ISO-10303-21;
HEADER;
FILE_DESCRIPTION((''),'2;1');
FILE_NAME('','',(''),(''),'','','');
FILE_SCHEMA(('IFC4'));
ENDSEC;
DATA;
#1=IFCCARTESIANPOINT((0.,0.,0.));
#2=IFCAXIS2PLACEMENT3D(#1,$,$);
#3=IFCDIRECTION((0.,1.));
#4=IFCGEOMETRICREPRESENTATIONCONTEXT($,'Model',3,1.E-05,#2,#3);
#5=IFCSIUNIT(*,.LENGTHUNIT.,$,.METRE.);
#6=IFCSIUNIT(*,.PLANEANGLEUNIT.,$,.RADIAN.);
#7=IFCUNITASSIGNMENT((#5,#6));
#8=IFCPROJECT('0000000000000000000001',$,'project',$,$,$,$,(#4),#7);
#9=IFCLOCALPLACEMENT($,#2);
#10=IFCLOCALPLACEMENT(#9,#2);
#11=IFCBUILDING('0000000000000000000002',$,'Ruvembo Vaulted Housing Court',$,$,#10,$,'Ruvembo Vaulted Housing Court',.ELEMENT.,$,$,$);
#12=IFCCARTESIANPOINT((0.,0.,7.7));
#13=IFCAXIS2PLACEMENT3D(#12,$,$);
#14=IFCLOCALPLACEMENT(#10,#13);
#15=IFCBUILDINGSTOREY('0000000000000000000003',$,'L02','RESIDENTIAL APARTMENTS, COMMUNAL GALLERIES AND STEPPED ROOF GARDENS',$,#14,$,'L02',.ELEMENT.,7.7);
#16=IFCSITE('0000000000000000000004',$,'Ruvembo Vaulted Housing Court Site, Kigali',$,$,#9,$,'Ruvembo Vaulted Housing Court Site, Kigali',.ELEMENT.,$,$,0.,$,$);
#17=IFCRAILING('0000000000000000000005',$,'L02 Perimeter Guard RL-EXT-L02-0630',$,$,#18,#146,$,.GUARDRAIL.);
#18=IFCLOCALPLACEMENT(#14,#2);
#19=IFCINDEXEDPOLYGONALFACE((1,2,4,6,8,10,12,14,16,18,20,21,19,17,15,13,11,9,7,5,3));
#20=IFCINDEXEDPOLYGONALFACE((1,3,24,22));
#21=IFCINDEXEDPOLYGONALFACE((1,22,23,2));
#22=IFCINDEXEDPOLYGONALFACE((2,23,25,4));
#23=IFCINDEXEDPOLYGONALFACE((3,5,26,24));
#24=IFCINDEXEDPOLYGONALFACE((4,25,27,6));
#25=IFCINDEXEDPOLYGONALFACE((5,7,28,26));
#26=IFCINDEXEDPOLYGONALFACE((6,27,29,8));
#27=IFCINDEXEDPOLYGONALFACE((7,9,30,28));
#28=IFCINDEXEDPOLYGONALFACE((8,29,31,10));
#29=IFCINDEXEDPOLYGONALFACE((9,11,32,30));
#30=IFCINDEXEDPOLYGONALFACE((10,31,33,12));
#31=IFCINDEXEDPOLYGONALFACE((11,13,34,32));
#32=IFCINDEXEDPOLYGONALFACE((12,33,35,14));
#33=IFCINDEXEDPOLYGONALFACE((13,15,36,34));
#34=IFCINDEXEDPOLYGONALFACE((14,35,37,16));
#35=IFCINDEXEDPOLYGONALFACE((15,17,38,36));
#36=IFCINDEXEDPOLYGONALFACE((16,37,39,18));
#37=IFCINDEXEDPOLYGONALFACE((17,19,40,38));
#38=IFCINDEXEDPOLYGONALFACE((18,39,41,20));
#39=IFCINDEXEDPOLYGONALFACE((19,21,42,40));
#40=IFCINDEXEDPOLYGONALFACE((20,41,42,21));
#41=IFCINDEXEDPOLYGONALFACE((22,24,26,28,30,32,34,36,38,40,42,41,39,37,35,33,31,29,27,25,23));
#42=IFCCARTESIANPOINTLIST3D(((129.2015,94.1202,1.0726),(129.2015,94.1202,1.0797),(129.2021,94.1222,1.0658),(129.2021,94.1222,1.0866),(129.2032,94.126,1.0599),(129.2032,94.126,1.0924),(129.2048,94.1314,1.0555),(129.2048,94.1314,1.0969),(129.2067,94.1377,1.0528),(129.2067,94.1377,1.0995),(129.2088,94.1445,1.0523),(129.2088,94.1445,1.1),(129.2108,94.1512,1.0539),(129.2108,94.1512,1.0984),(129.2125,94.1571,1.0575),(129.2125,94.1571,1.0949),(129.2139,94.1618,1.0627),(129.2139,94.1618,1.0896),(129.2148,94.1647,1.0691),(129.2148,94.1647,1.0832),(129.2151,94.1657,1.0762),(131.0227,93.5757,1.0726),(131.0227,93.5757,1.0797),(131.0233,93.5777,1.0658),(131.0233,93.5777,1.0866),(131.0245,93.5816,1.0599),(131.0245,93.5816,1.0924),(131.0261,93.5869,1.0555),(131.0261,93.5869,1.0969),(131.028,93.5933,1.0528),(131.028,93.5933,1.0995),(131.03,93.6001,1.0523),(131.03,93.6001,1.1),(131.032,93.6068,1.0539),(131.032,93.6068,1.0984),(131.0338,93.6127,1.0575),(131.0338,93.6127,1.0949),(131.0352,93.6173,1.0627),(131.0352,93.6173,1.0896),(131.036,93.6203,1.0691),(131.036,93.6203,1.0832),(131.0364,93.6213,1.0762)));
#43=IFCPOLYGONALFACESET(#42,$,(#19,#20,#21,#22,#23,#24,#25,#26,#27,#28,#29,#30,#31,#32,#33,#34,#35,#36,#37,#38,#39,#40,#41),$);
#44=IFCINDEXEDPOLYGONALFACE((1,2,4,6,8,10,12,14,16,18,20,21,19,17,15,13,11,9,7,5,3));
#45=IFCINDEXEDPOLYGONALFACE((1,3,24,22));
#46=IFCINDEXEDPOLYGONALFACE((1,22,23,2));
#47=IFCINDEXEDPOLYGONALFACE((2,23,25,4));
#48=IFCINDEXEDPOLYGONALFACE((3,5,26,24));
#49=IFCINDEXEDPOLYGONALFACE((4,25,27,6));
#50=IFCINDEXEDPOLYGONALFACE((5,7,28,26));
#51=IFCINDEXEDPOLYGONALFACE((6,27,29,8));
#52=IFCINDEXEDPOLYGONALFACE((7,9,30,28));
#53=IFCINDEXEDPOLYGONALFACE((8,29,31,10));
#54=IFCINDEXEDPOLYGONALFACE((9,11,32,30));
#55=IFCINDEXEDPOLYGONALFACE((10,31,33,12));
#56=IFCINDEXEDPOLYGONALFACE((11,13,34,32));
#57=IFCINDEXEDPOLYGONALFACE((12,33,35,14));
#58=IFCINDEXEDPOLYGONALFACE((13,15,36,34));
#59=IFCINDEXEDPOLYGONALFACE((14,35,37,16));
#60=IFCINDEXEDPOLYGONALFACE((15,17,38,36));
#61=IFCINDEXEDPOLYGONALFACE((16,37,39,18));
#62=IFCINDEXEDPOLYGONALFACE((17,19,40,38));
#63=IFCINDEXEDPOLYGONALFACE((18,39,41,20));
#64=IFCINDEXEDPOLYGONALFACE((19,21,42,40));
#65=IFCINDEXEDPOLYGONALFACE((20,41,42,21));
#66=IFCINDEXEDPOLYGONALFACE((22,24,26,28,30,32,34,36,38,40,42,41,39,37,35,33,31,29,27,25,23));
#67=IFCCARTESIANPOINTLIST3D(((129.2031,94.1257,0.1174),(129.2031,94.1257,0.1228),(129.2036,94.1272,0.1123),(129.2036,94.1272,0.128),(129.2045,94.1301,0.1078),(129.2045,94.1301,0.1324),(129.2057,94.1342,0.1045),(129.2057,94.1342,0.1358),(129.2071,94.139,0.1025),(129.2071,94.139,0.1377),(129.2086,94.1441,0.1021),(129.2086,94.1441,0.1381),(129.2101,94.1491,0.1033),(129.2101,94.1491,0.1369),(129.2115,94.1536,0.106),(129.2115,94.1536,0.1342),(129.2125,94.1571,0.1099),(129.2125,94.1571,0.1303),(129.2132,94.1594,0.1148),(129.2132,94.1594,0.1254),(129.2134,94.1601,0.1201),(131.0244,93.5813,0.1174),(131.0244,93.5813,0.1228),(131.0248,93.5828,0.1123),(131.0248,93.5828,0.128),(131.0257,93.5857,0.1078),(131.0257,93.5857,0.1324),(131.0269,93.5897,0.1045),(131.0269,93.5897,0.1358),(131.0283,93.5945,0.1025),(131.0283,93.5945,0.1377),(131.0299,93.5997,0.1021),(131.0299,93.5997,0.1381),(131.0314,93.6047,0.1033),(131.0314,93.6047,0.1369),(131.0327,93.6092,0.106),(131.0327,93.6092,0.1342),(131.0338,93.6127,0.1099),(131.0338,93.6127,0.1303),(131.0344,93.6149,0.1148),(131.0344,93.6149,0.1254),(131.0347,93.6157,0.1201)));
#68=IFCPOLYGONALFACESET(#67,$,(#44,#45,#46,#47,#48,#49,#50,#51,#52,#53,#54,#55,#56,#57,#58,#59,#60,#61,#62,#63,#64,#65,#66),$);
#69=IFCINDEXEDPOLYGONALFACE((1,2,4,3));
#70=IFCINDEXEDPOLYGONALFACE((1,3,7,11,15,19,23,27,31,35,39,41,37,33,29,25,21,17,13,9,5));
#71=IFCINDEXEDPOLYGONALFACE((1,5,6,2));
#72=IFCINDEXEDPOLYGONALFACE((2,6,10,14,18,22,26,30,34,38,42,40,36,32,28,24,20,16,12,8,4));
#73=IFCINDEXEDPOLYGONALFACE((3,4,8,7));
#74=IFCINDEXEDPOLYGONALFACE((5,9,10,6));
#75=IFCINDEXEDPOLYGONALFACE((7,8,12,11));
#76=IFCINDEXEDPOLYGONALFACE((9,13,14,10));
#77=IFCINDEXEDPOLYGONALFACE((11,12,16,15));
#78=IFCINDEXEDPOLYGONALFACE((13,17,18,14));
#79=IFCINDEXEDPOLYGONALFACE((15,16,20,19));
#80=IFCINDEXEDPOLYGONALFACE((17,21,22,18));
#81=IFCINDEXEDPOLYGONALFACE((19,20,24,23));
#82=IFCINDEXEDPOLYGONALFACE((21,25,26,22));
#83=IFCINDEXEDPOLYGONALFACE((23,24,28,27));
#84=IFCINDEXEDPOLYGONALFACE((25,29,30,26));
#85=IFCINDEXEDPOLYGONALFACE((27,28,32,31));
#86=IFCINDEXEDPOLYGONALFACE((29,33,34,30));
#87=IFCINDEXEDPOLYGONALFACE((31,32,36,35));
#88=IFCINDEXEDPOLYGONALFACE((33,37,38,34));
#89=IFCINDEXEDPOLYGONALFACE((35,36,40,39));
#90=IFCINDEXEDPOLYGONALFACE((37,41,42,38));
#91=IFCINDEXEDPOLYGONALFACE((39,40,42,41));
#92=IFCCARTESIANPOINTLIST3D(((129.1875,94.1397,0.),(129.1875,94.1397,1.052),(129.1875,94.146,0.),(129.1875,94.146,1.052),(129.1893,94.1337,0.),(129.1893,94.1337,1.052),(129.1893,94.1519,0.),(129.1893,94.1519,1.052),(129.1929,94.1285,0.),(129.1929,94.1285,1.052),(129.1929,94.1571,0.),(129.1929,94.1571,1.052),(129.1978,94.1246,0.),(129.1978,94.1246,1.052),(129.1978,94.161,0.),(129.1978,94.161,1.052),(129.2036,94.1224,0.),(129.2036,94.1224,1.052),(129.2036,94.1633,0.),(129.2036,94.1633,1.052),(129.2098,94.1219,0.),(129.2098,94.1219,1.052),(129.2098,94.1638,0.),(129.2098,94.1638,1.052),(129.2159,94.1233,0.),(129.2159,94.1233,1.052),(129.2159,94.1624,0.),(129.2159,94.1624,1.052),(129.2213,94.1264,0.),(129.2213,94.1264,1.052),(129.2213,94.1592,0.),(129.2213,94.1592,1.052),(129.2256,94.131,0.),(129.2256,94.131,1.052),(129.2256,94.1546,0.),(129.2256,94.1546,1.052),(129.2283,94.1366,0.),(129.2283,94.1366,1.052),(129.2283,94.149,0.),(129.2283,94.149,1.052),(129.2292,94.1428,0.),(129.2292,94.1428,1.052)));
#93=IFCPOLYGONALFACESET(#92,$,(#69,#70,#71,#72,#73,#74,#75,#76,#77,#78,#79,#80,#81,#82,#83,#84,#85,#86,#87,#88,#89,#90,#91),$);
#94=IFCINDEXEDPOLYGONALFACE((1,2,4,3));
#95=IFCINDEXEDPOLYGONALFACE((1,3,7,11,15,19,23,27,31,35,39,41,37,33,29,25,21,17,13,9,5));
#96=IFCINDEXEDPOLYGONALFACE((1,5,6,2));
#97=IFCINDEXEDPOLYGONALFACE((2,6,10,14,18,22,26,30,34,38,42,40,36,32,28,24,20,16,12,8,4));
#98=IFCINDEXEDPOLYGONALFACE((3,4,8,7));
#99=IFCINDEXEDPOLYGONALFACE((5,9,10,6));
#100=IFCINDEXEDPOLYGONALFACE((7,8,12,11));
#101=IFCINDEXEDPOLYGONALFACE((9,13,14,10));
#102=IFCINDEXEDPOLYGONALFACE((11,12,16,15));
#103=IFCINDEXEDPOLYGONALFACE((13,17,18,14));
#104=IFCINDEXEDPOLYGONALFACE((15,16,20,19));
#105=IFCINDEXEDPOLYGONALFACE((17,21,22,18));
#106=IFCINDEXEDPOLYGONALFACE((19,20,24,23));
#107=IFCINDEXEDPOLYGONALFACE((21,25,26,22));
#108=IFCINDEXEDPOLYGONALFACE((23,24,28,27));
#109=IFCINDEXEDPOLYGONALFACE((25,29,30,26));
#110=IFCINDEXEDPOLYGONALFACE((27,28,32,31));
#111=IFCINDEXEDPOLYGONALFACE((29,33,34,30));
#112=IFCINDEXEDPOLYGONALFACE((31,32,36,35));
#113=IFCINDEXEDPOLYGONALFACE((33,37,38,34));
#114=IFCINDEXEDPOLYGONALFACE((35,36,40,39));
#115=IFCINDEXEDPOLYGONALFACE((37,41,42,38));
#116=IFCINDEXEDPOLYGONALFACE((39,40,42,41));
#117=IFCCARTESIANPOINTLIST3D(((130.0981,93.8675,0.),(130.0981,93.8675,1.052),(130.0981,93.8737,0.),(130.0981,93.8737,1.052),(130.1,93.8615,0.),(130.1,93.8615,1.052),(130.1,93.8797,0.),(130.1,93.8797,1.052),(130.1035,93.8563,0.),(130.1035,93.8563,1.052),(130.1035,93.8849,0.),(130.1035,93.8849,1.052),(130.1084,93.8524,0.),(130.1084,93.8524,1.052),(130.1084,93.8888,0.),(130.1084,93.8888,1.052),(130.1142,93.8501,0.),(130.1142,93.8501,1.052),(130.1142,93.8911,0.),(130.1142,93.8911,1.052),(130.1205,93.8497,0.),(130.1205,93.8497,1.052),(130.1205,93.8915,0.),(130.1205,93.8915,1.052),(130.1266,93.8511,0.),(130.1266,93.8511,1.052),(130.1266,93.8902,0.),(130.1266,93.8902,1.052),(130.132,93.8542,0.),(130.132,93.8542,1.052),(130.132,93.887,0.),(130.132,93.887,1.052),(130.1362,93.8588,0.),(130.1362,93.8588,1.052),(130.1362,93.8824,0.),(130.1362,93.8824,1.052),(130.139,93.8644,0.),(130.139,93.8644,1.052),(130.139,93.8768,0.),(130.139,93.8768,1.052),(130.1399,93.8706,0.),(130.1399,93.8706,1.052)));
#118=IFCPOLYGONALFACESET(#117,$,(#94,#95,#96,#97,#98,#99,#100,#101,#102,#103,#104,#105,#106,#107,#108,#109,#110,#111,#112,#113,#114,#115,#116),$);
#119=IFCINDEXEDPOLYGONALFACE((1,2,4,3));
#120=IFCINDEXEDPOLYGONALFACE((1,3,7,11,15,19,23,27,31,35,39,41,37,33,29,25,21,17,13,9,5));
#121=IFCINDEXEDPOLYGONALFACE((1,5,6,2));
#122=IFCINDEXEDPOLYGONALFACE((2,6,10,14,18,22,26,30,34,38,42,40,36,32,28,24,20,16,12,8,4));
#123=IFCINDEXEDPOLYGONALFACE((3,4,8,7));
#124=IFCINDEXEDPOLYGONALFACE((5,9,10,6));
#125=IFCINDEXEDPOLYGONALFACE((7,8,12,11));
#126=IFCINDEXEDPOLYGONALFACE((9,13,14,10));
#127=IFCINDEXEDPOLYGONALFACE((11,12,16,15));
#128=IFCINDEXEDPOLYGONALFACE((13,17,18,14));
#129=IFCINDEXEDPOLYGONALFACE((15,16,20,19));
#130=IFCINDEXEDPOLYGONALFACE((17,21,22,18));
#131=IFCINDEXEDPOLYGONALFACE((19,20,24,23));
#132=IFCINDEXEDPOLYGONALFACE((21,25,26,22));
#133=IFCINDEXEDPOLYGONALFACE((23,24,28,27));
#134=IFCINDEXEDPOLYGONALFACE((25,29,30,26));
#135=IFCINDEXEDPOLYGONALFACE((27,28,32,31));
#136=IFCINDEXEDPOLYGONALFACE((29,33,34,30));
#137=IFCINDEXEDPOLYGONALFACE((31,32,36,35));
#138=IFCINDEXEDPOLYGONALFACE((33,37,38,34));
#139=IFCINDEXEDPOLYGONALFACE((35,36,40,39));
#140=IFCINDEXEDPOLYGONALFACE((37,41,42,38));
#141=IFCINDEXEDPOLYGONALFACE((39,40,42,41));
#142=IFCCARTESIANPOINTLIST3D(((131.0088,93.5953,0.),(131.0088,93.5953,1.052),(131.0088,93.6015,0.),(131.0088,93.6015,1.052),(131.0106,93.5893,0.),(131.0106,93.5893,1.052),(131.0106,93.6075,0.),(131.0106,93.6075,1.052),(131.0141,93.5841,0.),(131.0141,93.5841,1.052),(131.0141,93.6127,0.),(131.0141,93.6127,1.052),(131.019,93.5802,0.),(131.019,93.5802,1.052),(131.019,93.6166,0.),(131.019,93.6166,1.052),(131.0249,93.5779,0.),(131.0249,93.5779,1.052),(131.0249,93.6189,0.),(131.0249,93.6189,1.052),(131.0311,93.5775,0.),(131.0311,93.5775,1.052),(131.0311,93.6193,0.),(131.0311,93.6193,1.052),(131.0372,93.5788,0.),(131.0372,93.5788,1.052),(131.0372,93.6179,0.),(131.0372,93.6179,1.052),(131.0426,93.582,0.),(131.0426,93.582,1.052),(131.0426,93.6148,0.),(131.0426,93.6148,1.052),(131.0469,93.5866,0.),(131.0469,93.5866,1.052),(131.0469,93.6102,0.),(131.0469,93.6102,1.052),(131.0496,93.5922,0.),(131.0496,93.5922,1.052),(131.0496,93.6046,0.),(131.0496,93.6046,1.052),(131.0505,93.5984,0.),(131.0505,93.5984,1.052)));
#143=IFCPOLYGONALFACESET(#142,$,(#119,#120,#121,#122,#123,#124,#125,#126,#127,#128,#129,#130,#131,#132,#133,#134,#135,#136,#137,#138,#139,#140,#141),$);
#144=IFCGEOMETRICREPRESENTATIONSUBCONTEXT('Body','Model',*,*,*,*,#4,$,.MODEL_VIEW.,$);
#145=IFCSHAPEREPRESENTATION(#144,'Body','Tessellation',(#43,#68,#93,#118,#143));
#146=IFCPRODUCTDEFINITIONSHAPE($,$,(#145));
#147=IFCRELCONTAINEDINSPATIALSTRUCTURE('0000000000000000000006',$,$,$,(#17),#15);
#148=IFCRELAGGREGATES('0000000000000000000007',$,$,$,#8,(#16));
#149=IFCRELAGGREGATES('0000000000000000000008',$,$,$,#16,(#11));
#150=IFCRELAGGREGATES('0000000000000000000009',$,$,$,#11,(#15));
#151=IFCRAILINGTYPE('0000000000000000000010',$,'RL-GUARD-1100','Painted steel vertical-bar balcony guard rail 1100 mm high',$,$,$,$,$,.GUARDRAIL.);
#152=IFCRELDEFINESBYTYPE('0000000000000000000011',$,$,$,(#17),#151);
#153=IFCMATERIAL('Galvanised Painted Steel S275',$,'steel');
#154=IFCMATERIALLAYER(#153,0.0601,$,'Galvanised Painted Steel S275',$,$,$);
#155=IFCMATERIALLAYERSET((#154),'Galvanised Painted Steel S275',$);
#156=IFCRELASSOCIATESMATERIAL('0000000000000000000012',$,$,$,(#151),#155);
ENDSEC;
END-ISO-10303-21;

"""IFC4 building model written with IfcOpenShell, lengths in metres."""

from ifc_helpers import new_model, si_unit, direction, frame, origin, origin_2d, place, context, subcontext, project, spatial, circle, extrude, material, layer, layer_set, type_object, element, save


model = new_model("IFC4")

# Units and contexts
model_context = context("Model", 3, precision=1e-05, world=origin(), true_north=direction((0.0, 1.0)))
body_context = subcontext(model_context, "Body", "Model", "MODEL_VIEW")
ifc_project = project(units=[si_unit("LENGTHUNIT", "METRE"), si_unit("PLANEANGLEUNIT", "RADIAN")], contexts=[model_context])

# Site, building, storey
site_placement = place(None, origin())
site = spatial("IfcSite", under=ifc_project, at=site_placement, Name="Ruvembo Vaulted Housing Court Site, Kigali", LongName="Ruvembo Vaulted Housing Court Site, Kigali", CompositionType="ELEMENT", RefElevation=0.0)
building_placement = place(site_placement, origin())
building = spatial("IfcBuilding", under=site, at=building_placement, Name="Ruvembo Vaulted Housing Court", LongName="Ruvembo Vaulted Housing Court", CompositionType="ELEMENT")
storey_placement = place(building_placement, frame((0.0, 0.0, 7.7)))
storey = spatial("IfcBuildingStorey", under=building, at=storey_placement, Name="L02", Description="RESIDENTIAL APARTMENTS, COMMUNAL GALLERIES AND STEPPED ROOF GARDENS", LongName="L02", CompositionType="ELEMENT", Elevation=7.7)

# Railing
ifc_material_1 = material(Name="Galvanised Painted Steel S275", Category="steel")
ifc_layer = layer(ifc_material_1, 0.0601, Name="Galvanised Painted Steel S275")
ifc_layer_set = layer_set([ifc_layer], Name="Galvanised Painted Steel S275")
railing_type = type_object("IfcRailingType", Name="RL-GUARD-1100", Description="Painted steel vertical-bar balcony guard rail 1100 mm high", PredefinedType="GUARDRAIL", material=ifc_layer_set)
railing_1_placement = place(storey_placement, frame((129.2083, 94.1428, 0.0)))
element("IfcRailing", 1, at=railing_1_placement, inside=storey, type_object=railing_type, Name="L02 Perimeter Guard RL-EXT-L02-0630", PredefinedType="GUARDRAIL", context=body_context, shape_type="SweptSolid", body=[
    extrude(circle(Radius=0.0239, at=origin_2d()), frame((0.0, 0.0, 1.0762), z_axis=(0.958109, -0.286405, 0.0), x_axis=(0.286405, 0.958109, 0.0)), (0.0, 0.0, 1.0), 1.9009),
    extrude(circle(Radius=0.0181, at=origin_2d()), frame((0.0, 0.0, 0.1201), z_axis=(0.958109, -0.286405, 0.0), x_axis=(0.286405, 0.958109, 0.0)), (0.0, 0.0, 1.0), 1.9009),
    extrude(circle(Radius=0.021, at=origin_2d()), origin(), (0.0, 0.0, 1.0), 1.052),
    extrude(circle(Radius=0.021, at=origin_2d()), frame((0.9106, -0.2722, 0.0)), (0.0, 0.0, 1.0), 1.052),
    extrude(circle(Radius=0.021, at=origin_2d()), frame((1.8213, -0.5444, 0.0)), (0.0, 0.0, 1.0), 1.052),
])

save(model, "model.ifc")
